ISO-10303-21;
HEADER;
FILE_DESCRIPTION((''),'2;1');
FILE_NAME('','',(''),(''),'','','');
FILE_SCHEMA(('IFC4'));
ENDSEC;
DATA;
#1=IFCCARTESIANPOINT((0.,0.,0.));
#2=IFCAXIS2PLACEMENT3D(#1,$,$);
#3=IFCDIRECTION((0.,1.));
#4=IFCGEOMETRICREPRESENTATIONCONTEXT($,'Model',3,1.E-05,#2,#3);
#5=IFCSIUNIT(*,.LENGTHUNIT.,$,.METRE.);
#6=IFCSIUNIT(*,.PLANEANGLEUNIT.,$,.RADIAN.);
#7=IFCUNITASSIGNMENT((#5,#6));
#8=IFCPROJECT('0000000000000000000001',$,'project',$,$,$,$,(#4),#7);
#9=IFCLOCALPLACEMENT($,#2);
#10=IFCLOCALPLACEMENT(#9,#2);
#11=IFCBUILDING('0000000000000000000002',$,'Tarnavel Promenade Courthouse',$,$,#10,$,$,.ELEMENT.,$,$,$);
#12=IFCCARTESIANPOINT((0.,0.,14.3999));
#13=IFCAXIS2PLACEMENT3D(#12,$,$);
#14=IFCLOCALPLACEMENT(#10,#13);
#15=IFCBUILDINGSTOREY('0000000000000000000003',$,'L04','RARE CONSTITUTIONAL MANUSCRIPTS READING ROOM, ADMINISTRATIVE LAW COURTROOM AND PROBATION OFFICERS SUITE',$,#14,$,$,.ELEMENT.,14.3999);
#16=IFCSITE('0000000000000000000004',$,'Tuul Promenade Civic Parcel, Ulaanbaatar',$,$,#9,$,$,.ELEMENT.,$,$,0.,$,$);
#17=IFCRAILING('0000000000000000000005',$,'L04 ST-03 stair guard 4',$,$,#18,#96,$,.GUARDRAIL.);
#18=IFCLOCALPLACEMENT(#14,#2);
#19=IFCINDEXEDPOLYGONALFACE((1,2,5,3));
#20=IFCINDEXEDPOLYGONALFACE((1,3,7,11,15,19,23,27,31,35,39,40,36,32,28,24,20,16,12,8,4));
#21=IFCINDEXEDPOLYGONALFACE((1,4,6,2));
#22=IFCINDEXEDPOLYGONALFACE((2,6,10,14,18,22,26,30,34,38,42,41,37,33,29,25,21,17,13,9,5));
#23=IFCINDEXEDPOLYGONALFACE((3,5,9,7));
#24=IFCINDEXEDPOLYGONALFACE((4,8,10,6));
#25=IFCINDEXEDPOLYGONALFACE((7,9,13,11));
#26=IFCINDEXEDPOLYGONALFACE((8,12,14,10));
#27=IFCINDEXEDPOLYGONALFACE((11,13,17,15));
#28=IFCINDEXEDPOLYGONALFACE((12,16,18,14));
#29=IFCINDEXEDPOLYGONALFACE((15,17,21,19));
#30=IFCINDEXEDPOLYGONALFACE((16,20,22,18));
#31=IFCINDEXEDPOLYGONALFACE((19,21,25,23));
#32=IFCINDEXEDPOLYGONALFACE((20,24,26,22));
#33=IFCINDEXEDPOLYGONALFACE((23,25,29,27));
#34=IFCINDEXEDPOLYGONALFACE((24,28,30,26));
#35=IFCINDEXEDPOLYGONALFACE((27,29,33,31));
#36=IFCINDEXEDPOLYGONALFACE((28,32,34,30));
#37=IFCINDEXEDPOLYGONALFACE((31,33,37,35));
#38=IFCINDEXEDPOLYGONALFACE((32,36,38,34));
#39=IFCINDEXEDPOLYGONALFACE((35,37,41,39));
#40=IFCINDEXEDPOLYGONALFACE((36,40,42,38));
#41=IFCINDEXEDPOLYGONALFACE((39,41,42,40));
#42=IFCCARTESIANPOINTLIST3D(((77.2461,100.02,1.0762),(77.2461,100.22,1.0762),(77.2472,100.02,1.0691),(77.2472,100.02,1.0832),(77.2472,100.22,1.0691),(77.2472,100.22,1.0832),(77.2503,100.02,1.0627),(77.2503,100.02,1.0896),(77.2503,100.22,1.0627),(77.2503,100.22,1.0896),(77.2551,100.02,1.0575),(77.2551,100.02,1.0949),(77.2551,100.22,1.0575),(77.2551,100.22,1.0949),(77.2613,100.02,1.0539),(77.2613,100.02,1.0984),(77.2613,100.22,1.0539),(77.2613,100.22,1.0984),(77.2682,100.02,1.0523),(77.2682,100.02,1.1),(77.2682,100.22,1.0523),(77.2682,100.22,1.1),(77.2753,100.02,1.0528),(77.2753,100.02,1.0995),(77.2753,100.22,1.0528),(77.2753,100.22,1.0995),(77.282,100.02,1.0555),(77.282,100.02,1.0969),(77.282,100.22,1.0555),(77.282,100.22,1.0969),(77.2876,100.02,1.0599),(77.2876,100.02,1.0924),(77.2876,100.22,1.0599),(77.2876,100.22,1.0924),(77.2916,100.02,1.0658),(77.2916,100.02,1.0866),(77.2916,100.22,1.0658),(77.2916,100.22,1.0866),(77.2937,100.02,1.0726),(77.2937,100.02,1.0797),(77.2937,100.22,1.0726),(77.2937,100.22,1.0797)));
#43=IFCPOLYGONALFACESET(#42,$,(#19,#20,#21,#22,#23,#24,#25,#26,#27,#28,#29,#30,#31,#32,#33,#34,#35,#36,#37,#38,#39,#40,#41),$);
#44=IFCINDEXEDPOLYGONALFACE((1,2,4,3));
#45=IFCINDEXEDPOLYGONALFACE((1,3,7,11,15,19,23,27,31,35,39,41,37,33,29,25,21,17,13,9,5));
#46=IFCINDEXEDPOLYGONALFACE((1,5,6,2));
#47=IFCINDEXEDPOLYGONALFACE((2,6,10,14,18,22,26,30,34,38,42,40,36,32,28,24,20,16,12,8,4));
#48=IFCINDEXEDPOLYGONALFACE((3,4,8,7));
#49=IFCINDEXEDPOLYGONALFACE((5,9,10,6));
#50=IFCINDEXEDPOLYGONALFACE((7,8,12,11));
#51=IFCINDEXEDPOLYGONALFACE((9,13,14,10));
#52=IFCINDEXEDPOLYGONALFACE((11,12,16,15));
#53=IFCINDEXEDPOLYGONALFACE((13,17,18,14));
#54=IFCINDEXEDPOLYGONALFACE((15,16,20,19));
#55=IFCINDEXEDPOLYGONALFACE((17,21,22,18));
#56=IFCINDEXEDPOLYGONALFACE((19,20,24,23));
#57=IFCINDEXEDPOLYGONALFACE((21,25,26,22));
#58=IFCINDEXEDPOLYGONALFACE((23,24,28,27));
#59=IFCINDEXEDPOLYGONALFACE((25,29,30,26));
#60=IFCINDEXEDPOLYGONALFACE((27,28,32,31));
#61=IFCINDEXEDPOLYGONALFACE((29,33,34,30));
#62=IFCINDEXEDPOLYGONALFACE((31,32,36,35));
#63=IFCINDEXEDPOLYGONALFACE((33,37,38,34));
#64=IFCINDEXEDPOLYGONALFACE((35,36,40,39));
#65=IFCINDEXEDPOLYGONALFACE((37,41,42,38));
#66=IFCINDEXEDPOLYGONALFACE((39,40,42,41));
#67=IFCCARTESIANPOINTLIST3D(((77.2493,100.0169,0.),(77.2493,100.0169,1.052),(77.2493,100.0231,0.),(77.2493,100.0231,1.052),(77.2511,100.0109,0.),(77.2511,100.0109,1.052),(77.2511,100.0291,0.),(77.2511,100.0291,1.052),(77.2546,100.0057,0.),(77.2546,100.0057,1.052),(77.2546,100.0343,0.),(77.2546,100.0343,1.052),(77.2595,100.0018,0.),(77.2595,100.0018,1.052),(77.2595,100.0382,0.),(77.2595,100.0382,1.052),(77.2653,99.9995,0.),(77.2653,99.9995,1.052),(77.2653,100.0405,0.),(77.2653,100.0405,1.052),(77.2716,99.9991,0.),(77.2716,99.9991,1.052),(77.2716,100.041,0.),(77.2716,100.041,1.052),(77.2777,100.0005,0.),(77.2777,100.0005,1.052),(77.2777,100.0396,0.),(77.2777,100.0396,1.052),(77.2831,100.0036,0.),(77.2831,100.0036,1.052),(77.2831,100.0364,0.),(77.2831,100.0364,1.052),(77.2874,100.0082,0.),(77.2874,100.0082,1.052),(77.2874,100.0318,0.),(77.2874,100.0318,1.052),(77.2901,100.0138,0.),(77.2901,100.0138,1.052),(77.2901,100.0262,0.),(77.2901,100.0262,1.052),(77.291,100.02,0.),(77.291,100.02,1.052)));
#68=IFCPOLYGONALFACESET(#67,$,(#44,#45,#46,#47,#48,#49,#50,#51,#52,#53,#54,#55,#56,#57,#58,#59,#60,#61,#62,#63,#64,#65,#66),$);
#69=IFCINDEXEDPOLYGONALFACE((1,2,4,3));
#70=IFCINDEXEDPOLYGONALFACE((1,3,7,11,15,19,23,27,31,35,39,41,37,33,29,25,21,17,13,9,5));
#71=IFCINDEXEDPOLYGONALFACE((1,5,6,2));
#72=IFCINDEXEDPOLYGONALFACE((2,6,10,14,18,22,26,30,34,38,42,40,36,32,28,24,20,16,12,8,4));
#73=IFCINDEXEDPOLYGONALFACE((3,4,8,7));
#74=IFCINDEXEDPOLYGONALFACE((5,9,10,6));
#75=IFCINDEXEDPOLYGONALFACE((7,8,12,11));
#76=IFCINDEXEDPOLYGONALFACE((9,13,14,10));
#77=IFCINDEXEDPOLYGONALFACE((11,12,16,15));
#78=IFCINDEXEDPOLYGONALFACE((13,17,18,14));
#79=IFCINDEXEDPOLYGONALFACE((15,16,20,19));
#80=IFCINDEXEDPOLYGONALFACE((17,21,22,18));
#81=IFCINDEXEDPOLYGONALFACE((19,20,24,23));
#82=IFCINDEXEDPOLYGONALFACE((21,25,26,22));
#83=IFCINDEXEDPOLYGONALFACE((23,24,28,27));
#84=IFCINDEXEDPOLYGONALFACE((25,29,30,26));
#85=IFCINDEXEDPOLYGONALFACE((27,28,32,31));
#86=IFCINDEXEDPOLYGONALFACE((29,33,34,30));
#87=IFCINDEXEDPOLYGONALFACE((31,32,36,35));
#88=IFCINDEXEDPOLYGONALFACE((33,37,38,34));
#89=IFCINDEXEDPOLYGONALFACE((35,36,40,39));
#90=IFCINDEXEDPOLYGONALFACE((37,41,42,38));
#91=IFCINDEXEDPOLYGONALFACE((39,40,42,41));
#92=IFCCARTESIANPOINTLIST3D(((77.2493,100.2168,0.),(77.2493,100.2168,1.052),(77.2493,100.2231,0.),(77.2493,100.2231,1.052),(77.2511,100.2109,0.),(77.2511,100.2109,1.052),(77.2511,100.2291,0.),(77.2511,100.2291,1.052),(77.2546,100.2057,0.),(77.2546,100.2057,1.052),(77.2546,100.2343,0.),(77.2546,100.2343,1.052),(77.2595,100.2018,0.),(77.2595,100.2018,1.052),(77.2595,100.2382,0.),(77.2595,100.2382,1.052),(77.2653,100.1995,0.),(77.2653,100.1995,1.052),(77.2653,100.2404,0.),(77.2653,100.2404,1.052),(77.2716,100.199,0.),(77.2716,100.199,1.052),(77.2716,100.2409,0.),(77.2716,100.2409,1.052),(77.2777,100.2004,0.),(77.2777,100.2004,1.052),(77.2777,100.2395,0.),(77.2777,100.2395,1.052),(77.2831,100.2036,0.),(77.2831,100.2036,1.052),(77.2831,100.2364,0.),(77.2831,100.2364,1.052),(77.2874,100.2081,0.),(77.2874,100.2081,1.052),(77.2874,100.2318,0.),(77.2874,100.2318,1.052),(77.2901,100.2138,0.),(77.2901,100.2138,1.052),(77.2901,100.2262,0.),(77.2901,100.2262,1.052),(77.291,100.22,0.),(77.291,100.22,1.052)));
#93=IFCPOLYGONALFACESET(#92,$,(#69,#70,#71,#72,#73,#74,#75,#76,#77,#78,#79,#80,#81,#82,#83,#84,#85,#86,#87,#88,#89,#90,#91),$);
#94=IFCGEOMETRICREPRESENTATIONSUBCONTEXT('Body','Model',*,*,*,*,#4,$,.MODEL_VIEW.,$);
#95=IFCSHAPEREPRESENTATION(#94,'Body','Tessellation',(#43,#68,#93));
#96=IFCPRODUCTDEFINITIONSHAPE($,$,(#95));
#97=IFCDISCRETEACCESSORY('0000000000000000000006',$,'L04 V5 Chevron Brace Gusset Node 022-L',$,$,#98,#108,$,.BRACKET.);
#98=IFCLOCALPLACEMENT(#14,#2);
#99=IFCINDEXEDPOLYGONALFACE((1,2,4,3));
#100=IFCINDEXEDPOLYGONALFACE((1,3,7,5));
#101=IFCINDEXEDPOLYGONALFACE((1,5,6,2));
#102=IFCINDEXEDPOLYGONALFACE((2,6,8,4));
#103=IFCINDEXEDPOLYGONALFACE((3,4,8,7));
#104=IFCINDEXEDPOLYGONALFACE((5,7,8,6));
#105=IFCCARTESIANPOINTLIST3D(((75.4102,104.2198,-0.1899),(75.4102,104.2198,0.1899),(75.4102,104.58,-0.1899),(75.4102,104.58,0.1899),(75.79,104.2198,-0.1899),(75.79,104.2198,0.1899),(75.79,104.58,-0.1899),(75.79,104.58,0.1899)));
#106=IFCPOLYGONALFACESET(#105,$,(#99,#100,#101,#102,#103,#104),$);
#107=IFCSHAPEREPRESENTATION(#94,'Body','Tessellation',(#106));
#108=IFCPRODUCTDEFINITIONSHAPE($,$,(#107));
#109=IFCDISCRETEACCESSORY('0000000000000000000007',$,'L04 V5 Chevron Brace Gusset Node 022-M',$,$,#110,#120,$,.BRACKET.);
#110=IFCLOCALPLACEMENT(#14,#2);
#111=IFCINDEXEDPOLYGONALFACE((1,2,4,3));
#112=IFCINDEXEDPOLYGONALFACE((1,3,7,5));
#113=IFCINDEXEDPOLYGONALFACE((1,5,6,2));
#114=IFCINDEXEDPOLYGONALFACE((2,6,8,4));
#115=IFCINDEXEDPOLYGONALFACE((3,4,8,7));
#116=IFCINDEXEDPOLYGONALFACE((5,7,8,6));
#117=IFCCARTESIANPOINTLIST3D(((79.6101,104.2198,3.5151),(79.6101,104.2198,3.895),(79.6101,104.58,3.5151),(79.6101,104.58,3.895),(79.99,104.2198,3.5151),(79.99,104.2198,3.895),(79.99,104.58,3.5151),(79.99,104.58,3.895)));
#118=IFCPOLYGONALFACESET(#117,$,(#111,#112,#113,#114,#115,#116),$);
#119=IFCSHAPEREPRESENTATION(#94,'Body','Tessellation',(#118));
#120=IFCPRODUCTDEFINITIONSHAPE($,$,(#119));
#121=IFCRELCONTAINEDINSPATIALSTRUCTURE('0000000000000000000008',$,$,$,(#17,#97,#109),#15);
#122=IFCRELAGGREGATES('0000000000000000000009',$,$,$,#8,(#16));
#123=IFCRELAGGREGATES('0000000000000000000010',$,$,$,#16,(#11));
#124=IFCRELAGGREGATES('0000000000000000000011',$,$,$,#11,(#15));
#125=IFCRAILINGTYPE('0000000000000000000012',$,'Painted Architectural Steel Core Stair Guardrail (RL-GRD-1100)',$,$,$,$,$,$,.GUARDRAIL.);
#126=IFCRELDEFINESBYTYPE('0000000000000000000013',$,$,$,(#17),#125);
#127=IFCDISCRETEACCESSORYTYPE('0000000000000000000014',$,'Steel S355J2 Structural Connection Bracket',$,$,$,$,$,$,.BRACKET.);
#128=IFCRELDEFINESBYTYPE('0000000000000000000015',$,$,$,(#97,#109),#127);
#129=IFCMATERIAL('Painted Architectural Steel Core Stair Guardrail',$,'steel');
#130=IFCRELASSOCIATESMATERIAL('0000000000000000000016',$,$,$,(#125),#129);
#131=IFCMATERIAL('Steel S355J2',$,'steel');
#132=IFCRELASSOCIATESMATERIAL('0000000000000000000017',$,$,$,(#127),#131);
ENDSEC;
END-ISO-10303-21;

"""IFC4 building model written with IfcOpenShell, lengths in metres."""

from ifc_helpers import new_model, si_unit, direction, frame, origin, origin_2d, place, context, subcontext, project, spatial, rectangle, circle, extrude, material, type_object, element, save


model = new_model("IFC4")

# Units and contexts
model_context = context("Model", 3, precision=1e-05, world=origin(), true_north=direction((0.0, 1.0)))
body_context = subcontext(model_context, "Body", "Model", "MODEL_VIEW")
ifc_project = project(units=[si_unit("LENGTHUNIT", "METRE"), si_unit("PLANEANGLEUNIT", "RADIAN")], contexts=[model_context])

# Site, building, storey
site_placement = place(None, origin())
site = spatial("IfcSite", under=ifc_project, at=site_placement, Name="Tuul Promenade Civic Parcel, Ulaanbaatar", CompositionType="ELEMENT", RefElevation=0.0)
building_placement = place(site_placement, origin())
building = spatial("IfcBuilding", under=site, at=building_placement, Name="Tarnavel Promenade Courthouse", CompositionType="ELEMENT")
storey_placement = place(building_placement, frame((0.0, 0.0, 14.3999)))
storey = spatial("IfcBuildingStorey", under=building, at=storey_placement, Name="L04", Description="RARE CONSTITUTIONAL MANUSCRIPTS READING ROOM, ADMINISTRATIVE LAW COURTROOM AND PROBATION OFFICERS SUITE", CompositionType="ELEMENT", Elevation=14.3999)

# Shared definitions
ifc_material_1 = material(Name="Steel S355J2", Category="steel")

# Railing
ifc_material_2 = material(Name="Painted Architectural Steel Core Stair Guardrail", Category="steel")
railing_type_1 = type_object("IfcRailingType", Name="Painted Architectural Steel Core Stair Guardrail (RL-GRD-1100)", PredefinedType="GUARDRAIL", material=ifc_material_2)
railing_1_placement = place(storey_placement, frame((77.27, 100.02, 0.0)))
element("IfcRailing", 1, at=railing_1_placement, inside=storey, type_object=railing_type_1, Name="L04 ST-03 stair guard 4", PredefinedType="GUARDRAIL", context=body_context, shape_type="SweptSolid", body=[
    extrude(circle(Radius=0.0239, at=origin_2d()), frame((0.0, 0.0, 1.0762), z_axis=(0.0, 1.0, 0.0), x_axis=(-1.0, 0.0, 0.0)), (0.0, 0.0, 1.0), 0.2),
    extrude(circle(Radius=0.021, at=origin_2d()), origin(), (0.0, 0.0, 1.0), 1.052),
    extrude(circle(Radius=0.021, at=origin_2d()), frame((0.0, 0.2, 0.0)), (0.0, 0.0, 1.0), 1.052),
])

# Discrete accessories
discrete_accessory_type = type_object("IfcDiscreteAccessoryType", Name="Steel S355J2 Structural Connection Bracket", PredefinedType="BRACKET", material=ifc_material_1)
for number, where, z_axis, x_axis, name in (
    (2, (75.6001, 104.3999, -0.1899), (0.0, 0.0, 1.0), (1.0, 0.0, 0.0), "L04 V5 Chevron Brace Gusset Node 022-L"),
    (3, (79.8, 104.3999, 3.5151), (0.0, 0.0, 1.0), (1.0, 0.0, 0.0), "L04 V5 Chevron Brace Gusset Node 022-M"),
):
    element("IfcDiscreteAccessory", number, at=place(storey_placement, frame(where, z_axis=z_axis, x_axis=x_axis)), inside=storey, type_object=discrete_accessory_type, Name=name, PredefinedType="BRACKET", context=body_context, shape_type="SweptSolid", body=[
        extrude(rectangle(XDim=0.3799, YDim=0.3601, at=origin_2d()), origin(), (0.0, 0.0, 1.0), 0.3799),
    ])

save(model, "model.ifc")
